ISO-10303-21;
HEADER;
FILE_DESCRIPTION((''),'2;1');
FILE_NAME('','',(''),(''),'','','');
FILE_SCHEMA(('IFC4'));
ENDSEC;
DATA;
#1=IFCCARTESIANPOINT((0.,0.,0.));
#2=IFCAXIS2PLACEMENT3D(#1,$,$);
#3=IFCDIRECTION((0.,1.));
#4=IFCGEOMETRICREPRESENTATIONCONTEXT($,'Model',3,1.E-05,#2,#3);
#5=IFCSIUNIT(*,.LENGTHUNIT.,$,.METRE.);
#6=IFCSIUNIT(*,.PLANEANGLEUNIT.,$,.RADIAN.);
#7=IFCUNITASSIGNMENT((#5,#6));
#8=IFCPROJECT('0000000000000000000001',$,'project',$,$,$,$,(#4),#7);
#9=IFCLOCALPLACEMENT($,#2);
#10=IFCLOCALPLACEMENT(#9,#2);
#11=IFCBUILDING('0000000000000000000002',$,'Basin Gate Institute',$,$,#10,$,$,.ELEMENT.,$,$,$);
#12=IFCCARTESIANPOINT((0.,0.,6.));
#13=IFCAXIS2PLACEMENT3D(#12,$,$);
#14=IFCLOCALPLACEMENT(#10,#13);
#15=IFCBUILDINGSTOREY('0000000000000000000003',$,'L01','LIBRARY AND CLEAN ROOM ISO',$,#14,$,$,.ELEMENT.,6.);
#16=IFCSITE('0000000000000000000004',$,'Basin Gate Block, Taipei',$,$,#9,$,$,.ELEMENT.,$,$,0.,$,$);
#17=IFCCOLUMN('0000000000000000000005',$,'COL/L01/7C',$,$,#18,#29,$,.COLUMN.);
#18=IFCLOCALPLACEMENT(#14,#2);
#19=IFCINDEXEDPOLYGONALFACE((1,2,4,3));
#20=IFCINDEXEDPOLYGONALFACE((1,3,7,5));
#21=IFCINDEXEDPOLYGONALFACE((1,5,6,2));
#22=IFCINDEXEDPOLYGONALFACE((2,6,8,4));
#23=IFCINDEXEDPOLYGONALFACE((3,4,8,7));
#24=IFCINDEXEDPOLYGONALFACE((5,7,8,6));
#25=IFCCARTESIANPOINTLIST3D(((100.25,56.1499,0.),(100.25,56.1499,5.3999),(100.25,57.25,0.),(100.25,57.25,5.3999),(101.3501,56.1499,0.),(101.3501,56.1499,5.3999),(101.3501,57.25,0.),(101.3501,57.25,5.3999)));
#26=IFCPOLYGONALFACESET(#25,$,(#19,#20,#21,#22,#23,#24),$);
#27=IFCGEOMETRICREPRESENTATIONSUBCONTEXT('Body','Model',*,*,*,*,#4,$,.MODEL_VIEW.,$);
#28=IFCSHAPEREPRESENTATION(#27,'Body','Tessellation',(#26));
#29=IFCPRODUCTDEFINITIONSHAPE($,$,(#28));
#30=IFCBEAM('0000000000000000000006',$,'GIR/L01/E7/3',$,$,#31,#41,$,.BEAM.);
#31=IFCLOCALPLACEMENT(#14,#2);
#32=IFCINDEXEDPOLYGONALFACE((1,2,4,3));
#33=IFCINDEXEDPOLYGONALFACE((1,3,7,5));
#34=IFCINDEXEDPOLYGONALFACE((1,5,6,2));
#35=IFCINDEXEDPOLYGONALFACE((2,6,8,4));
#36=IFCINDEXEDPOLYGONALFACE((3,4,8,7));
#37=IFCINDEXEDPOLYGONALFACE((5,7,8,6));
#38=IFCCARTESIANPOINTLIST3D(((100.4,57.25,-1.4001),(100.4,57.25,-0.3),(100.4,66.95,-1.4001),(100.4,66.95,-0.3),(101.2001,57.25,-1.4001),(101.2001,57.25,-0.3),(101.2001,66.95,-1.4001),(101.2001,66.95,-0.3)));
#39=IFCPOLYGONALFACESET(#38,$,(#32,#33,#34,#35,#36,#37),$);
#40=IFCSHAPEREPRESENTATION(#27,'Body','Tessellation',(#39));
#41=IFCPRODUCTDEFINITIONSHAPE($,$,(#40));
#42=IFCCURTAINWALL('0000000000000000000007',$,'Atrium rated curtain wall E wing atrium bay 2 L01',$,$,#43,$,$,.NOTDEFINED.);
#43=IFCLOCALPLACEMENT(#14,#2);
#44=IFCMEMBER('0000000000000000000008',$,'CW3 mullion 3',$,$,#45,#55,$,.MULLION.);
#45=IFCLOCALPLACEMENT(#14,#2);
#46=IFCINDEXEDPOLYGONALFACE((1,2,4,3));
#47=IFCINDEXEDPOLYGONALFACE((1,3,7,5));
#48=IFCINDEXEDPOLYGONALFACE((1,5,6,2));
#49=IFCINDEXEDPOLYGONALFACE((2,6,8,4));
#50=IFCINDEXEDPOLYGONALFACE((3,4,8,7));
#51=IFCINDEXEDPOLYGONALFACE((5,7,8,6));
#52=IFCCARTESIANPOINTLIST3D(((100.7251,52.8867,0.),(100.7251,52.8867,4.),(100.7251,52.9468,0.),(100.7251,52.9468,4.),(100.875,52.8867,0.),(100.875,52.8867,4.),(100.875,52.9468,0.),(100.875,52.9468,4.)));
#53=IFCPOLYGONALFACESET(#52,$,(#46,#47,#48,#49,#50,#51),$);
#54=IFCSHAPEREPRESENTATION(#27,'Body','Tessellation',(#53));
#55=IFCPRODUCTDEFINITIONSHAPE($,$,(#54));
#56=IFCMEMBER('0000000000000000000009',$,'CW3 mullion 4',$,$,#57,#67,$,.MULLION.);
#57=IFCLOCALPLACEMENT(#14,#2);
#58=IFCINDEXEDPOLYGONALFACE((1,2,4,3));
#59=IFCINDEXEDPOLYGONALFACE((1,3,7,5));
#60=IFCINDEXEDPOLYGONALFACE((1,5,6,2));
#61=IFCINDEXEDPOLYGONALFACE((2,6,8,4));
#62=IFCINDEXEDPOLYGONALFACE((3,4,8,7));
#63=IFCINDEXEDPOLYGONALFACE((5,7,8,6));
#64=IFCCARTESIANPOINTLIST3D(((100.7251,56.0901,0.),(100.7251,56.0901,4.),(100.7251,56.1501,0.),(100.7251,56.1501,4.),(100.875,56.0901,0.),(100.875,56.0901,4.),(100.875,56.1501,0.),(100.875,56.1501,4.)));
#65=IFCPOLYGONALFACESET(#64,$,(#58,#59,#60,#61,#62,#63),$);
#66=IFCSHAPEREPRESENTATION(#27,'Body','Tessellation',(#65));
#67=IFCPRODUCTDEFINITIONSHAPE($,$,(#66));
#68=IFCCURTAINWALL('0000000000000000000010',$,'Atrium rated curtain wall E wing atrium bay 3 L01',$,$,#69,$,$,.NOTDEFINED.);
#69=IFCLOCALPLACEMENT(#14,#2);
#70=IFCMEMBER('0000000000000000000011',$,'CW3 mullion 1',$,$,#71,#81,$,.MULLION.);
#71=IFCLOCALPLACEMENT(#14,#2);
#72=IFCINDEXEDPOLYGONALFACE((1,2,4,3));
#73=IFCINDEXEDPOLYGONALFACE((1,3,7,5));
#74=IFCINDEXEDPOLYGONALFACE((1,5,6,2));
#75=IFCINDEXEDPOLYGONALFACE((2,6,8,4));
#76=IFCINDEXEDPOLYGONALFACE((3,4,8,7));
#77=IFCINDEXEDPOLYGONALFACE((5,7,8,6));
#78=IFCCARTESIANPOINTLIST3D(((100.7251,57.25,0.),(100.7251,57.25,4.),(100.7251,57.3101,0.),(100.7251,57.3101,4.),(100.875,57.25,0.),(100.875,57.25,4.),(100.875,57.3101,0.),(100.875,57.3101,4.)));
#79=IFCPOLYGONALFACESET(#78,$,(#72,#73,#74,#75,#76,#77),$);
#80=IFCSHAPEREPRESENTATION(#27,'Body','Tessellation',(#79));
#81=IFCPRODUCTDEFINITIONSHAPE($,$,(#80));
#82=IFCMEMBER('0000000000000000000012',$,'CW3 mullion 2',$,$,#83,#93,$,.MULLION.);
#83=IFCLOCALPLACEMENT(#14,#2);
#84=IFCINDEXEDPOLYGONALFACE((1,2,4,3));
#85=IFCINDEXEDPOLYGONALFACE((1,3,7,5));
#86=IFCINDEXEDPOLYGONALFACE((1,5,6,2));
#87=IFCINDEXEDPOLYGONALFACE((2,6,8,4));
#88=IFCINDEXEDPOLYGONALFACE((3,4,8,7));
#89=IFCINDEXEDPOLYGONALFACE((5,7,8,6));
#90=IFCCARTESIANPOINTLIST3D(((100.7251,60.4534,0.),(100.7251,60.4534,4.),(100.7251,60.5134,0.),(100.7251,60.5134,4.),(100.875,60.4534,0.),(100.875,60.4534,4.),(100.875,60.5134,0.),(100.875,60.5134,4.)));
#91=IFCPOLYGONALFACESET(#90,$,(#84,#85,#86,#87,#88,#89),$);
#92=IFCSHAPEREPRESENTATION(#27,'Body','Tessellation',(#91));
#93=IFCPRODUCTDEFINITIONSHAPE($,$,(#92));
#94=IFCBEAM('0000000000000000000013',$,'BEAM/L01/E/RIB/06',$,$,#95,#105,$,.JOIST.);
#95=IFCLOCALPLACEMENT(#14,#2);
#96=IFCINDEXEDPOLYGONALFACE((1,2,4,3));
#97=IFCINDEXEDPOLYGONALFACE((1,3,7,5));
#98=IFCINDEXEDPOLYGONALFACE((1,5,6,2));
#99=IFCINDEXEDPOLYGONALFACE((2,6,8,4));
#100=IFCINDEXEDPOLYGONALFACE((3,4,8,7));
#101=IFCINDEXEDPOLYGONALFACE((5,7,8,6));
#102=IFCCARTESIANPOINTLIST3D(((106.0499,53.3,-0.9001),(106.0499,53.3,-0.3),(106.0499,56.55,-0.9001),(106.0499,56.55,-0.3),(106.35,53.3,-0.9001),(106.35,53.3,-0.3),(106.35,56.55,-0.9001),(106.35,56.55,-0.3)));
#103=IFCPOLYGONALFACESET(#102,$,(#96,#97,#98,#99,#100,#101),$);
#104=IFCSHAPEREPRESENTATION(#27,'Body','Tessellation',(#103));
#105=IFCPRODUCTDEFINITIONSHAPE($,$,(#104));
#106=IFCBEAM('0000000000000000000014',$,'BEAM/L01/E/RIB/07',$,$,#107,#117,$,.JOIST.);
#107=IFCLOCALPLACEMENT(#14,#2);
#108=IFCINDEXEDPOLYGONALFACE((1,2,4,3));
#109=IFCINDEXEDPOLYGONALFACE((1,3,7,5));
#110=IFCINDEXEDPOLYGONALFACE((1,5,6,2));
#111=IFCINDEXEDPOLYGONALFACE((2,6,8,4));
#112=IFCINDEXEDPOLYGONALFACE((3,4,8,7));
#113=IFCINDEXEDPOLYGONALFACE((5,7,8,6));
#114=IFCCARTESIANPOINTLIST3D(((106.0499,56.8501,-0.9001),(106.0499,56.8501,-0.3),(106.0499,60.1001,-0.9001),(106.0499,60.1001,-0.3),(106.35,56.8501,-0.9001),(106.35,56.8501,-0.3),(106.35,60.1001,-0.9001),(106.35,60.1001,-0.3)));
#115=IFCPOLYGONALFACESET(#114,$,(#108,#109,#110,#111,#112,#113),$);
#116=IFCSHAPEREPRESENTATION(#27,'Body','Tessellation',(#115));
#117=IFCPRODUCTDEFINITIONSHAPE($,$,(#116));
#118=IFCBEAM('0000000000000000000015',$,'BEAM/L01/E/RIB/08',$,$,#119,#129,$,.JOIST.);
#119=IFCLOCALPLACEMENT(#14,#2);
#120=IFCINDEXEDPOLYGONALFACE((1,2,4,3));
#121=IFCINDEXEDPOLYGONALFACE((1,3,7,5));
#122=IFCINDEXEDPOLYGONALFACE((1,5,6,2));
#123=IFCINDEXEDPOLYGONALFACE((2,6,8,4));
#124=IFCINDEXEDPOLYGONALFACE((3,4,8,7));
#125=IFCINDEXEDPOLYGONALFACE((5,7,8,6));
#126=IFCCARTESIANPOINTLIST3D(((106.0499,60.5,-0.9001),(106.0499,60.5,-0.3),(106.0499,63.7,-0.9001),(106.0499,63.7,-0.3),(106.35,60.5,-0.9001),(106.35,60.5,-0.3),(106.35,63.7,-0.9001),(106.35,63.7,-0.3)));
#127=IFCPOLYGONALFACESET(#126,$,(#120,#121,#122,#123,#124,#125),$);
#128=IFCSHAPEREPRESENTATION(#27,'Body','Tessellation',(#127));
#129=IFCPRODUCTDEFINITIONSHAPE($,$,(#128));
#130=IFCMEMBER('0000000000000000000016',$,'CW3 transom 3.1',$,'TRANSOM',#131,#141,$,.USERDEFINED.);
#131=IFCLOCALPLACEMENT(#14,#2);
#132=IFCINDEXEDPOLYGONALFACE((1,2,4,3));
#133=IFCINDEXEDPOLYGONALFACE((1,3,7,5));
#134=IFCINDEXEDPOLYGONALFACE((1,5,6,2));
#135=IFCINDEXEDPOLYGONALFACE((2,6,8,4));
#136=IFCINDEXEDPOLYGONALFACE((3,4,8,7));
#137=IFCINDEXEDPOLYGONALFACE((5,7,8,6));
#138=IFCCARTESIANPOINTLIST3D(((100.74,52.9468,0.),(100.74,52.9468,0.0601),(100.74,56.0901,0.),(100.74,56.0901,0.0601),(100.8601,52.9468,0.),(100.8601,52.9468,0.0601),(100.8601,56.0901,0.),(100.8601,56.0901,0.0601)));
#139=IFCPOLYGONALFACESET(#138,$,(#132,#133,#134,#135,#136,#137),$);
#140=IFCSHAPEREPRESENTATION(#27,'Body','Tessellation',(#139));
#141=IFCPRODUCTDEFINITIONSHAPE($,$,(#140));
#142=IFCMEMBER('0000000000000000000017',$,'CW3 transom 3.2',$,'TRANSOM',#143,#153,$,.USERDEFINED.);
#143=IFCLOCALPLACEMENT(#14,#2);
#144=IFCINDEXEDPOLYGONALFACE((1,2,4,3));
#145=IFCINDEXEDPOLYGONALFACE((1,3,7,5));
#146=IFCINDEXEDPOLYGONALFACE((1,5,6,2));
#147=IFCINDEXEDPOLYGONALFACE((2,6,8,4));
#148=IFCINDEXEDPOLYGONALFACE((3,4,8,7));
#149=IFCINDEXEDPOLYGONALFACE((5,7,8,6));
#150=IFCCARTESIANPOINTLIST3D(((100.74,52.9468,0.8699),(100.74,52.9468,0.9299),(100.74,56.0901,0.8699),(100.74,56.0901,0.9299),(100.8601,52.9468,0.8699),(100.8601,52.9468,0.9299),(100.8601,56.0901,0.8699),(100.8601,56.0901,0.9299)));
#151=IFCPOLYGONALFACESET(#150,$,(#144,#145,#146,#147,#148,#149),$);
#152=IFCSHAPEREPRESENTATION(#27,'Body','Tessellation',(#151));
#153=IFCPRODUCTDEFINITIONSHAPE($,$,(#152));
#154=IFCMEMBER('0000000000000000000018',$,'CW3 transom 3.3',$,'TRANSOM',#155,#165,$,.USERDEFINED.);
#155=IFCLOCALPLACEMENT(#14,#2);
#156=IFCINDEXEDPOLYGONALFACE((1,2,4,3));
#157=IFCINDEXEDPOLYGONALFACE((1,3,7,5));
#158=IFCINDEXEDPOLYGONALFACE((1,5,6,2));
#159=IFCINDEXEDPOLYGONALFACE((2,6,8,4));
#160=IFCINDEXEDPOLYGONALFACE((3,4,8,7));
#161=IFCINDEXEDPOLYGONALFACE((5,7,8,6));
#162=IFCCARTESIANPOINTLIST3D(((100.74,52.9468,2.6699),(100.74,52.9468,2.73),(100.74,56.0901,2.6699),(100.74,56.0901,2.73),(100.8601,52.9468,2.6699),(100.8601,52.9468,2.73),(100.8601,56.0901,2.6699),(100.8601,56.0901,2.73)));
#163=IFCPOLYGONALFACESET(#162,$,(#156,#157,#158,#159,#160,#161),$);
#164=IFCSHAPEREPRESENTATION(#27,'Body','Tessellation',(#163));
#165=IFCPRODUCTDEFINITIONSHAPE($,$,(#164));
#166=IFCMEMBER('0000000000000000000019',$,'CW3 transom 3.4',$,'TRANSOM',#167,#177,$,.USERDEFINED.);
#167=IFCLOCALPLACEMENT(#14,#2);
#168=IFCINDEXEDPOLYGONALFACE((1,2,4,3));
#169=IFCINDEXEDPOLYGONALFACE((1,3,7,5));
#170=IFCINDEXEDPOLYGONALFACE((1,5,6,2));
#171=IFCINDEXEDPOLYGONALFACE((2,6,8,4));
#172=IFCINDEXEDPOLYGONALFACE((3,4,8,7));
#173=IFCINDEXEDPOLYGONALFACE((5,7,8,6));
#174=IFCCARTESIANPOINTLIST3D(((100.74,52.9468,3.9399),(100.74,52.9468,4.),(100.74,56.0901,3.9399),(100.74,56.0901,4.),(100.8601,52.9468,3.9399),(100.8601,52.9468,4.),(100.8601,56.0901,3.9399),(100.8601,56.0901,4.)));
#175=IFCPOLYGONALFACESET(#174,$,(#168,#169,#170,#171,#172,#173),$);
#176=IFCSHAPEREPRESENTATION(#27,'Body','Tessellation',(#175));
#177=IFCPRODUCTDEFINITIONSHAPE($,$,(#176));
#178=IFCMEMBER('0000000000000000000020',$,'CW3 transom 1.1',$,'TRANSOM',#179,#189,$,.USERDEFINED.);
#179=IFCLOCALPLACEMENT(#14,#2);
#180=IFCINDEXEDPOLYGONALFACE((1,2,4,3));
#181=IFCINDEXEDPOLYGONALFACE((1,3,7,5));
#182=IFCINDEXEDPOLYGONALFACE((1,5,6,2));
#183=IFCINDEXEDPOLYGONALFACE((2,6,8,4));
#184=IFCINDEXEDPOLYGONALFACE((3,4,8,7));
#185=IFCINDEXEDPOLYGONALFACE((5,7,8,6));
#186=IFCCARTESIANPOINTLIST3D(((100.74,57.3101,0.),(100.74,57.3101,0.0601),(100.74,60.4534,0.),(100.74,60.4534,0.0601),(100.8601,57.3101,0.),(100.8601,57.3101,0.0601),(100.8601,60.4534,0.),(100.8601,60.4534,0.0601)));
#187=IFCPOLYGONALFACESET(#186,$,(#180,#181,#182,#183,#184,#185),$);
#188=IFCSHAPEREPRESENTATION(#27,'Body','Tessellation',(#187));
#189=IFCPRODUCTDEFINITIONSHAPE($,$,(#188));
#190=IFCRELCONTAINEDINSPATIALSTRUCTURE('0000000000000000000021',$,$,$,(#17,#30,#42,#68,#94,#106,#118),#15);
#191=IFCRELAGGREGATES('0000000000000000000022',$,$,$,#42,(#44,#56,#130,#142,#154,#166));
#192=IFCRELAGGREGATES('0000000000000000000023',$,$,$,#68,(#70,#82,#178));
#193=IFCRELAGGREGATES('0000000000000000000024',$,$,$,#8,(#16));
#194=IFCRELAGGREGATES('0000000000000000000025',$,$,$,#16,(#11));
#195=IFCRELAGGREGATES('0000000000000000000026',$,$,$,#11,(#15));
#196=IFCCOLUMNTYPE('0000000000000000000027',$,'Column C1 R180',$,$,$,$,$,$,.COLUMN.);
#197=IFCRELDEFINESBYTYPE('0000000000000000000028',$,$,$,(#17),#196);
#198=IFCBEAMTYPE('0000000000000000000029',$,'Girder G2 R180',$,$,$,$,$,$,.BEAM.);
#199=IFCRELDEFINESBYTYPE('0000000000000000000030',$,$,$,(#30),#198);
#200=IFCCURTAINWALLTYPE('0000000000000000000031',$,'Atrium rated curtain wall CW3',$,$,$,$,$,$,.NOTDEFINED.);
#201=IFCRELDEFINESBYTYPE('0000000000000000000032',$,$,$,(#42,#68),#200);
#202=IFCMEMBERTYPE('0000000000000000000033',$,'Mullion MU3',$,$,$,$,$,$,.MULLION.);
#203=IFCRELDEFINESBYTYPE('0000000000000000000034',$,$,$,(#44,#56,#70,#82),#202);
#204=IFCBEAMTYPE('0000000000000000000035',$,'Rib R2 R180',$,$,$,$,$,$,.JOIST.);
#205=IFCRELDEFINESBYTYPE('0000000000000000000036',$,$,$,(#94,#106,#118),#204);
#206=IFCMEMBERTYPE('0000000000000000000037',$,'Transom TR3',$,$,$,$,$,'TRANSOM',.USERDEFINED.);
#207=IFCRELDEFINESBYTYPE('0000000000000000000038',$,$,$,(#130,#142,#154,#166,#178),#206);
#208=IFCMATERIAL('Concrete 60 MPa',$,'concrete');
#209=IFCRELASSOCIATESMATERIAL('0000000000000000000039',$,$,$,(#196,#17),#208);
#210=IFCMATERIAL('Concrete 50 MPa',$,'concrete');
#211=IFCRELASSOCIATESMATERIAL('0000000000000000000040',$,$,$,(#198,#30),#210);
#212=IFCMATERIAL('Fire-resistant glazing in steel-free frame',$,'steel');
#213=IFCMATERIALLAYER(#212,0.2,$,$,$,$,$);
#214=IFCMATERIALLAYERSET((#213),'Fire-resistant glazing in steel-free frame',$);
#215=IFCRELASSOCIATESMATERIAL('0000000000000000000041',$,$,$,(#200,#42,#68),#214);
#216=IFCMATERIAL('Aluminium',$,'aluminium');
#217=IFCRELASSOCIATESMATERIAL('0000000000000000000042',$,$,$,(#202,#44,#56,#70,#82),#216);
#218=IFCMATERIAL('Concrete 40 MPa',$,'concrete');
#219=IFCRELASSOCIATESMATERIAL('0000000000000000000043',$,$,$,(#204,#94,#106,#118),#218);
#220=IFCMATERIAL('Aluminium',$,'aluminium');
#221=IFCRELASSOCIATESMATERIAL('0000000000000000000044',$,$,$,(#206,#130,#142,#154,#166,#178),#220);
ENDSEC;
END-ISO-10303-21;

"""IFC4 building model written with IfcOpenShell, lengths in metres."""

from ifc_helpers import new_model, si_unit, direction, frame, origin, origin_2d, place, context, subcontext, project, spatial, rectangle, extrude, material, layer, layer_set, material_profile, profile_set, type_object, element, aggregate, save


model = new_model("IFC4")

# Units and contexts
model_context = context("Model", 3, precision=1e-05, world=origin(), true_north=direction((0.0, 1.0)))
body_context = subcontext(model_context, "Body", "Model", "MODEL_VIEW")
ifc_project = project(units=[si_unit("LENGTHUNIT", "METRE"), si_unit("PLANEANGLEUNIT", "RADIAN")], contexts=[model_context])

# Site, building, storey
site_placement = place(None, origin())
site = spatial("IfcSite", under=ifc_project, at=site_placement, Name="Basin Gate Block, Taipei", CompositionType="ELEMENT", RefElevation=0.0)
building_placement = place(site_placement, origin())
building = spatial("IfcBuilding", under=site, at=building_placement, Name="Basin Gate Institute", CompositionType="ELEMENT")
storey_placement = place(building_placement, frame((0.0, 0.0, 6.0)))
storey = spatial("IfcBuildingStorey", under=building, at=storey_placement, Name="L01", Description="LIBRARY AND CLEAN ROOM ISO", CompositionType="ELEMENT", Elevation=6.0)

# Column
ifc_material_1 = material(Name="Concrete 60 MPa", Category="concrete")
ifc_material_profile_1 = material_profile(ifc_material_1, rectangle(XDim=1.1001, YDim=1.1001, at=origin_2d()), Name="Column C1 1100 x 1100")
ifc_profile_set_1 = profile_set([ifc_material_profile_1], Name="Concrete 60 MPa")
column_type = type_object("IfcColumnType", Name="Column C1 R180", PredefinedType="COLUMN", material=ifc_profile_set_1)
column_placement = place(storey_placement, frame((100.8, 56.7, 0.0), z_axis=(0.0, 0.0, 1.0), x_axis=(1.0, 0.0, 0.0)))
element("IfcColumn", 1, at=column_placement, inside=storey, type_object=column_type, material=ifc_profile_set_1, Name="COL/L01/7C", PredefinedType="COLUMN", context=body_context, shape_type="SweptSolid", body=[
    extrude(rectangle(XDim=1.1001, YDim=1.1001, at=origin_2d()), origin(), (0.0, 0.0, 1.0), 5.3999),
])

# Beam
ifc_material_2 = material(Name="Concrete 50 MPa", Category="concrete")
ifc_material_profile_2 = material_profile(ifc_material_2, rectangle(XDim=0.8, YDim=1.1001, at=origin_2d()), Name="Girder G2 800 x 1100")
ifc_profile_set_2 = profile_set([ifc_material_profile_2], Name="Concrete 50 MPa")
beam_type_1 = type_object("IfcBeamType", Name="Girder G2 R180", PredefinedType="BEAM", material=ifc_profile_set_2)
beam_1_placement = place(storey_placement, frame((100.8, 57.25, -0.8501), z_axis=(0.0, 1.0, 0.0), x_axis=(-1.0, 0.0, 0.0)))
element("IfcBeam", 2, at=beam_1_placement, inside=storey, type_object=beam_type_1, material=ifc_profile_set_2, Name="GIR/L01/E7/3", PredefinedType="BEAM", context=body_context, shape_type="SweptSolid", body=[
    extrude(rectangle(XDim=0.8, YDim=1.1001, at=origin_2d()), origin(), (0.0, 0.0, 1.0), 9.7),
])

# Curtain walls, members
ifc_material_3 = material(Name="Fire-resistant glazing in steel-free frame", Category="steel")
ifc_layer_1 = layer(ifc_material_3, 0.2)
ifc_layer_set_1 = layer_set([ifc_layer_1], Name="Fire-resistant glazing in steel-free frame")
curtain_wall_type = type_object("IfcCurtainWallType", Name="Atrium rated curtain wall CW3", PredefinedType="NOTDEFINED", material=ifc_layer_set_1)
curtain_wall_1_placement = place(storey_placement, origin())
curtain_wall_1 = element("IfcCurtainWall", 3, at=curtain_wall_1_placement, inside=storey, type_object=curtain_wall_type, material=ifc_layer_set_1, Name="Atrium rated curtain wall E wing atrium bay 2 L01", PredefinedType="NOTDEFINED")
ifc_material_4 = material(Name="Aluminium", Category="aluminium")
ifc_material_profile_3 = material_profile(ifc_material_4, rectangle(XDim=0.1499, YDim=0.0601, at=origin_2d()), Name="Mullion MU3 150 x 60")
ifc_profile_set_3 = profile_set([ifc_material_profile_3], Name="Aluminium")
member_type_1 = type_object("IfcMemberType", Name="Mullion MU3", PredefinedType="MULLION", material=ifc_profile_set_3)
member_1_placement = place(storey_placement, frame((100.8, 52.9167, 0.0), z_axis=(0.0, 0.0, 1.0), x_axis=(-1.0, 0.0, 0.0)))
member_1 = element("IfcMember", 4, at=member_1_placement, type_object=member_type_1, material=ifc_profile_set_3, Name="CW3 mullion 3", PredefinedType="MULLION", context=body_context, shape_type="SweptSolid", body=[
    extrude(rectangle(XDim=0.1499, YDim=0.0601, at=origin_2d()), origin(), (0.0, 0.0, 1.0), 4.0),
])
member_2_placement = place(storey_placement, frame((100.8, 56.1201, 0.0), z_axis=(0.0, 0.0, 1.0), x_axis=(-1.0, 0.0, 0.0)))
member_2 = element("IfcMember", 5, at=member_2_placement, type_object=member_type_1, material=ifc_profile_set_3, Name="CW3 mullion 4", PredefinedType="MULLION", context=body_context, shape_type="SweptSolid", body=[
    extrude(rectangle(XDim=0.1499, YDim=0.0601, at=origin_2d()), origin(), (0.0, 0.0, 1.0), 4.0),
])
curtain_wall_2_placement = place(storey_placement, origin())
curtain_wall_2 = element("IfcCurtainWall", 6, at=curtain_wall_2_placement, inside=storey, type_object=curtain_wall_type, material=ifc_layer_set_1, Name="Atrium rated curtain wall E wing atrium bay 3 L01", PredefinedType="NOTDEFINED")
member_3_placement = place(storey_placement, frame((100.8, 57.28, 0.0), z_axis=(0.0, 0.0, 1.0), x_axis=(-1.0, 0.0, 0.0)))
member_3 = element("IfcMember", 7, at=member_3_placement, type_object=member_type_1, material=ifc_profile_set_3, Name="CW3 mullion 1", PredefinedType="MULLION", context=body_context, shape_type="SweptSolid", body=[
    extrude(rectangle(XDim=0.1499, YDim=0.0601, at=origin_2d()), origin(), (0.0, 0.0, 1.0), 4.0),
])
member_4_placement = place(storey_placement, frame((100.8, 60.4834, 0.0), z_axis=(0.0, 0.0, 1.0), x_axis=(-1.0, 0.0, 0.0)))
member_4 = element("IfcMember", 8, at=member_4_placement, type_object=member_type_1, material=ifc_profile_set_3, Name="CW3 mullion 2", PredefinedType="MULLION", context=body_context, shape_type="SweptSolid", body=[
    extrude(rectangle(XDim=0.1499, YDim=0.0601, at=origin_2d()), origin(), (0.0, 0.0, 1.0), 4.0),
])

# Beams
ifc_material_5 = material(Name="Concrete 40 MPa", Category="concrete")
ifc_material_profile_4 = material_profile(ifc_material_5, rectangle(XDim=0.3, YDim=0.6001, at=origin_2d()), Name="Rib R2 300 x 600")
ifc_profile_set_4 = profile_set([ifc_material_profile_4], Name="Concrete 40 MPa")
beam_type_2 = type_object("IfcBeamType", Name="Rib R2 R180", PredefinedType="JOIST", material=ifc_profile_set_4)
for number, where, z_axis, x_axis, name in (
    (9, (106.2, 53.3, -0.6001), (0.0, 1.0, 0.0), (-1.0, 0.0, 0.0), "BEAM/L01/E/RIB/06"),
    (10, (106.2, 56.8501, -0.6001), (0.0, 1.0, 0.0), (-1.0, 0.0, 0.0), "BEAM/L01/E/RIB/07"),
):
    element("IfcBeam", number, at=place(storey_placement, frame(where, z_axis=z_axis, x_axis=x_axis)), inside=storey, type_object=beam_type_2, material=ifc_profile_set_4, Name=name, PredefinedType="JOIST", context=body_context, shape_type="SweptSolid", body=[
        extrude(rectangle(XDim=0.3, YDim=0.6001, at=origin_2d()), origin(), (0.0, 0.0, 1.0), 3.25),
    ])
beam_2_placement = place(storey_placement, frame((106.2, 60.5, -0.6001), z_axis=(0.0, 1.0, 0.0), x_axis=(-1.0, 0.0, 0.0)))
element("IfcBeam", 11, at=beam_2_placement, inside=storey, type_object=beam_type_2, material=ifc_profile_set_4, Name="BEAM/L01/E/RIB/08", PredefinedType="JOIST", context=body_context, shape_type="SweptSolid", body=[
    extrude(rectangle(XDim=0.3, YDim=0.6001, at=origin_2d()), origin(), (0.0, 0.0, 1.0), 3.2),
])

# Members
ifc_material_6 = material(Name="Aluminium", Category="aluminium")
ifc_material_profile_5 = material_profile(ifc_material_6, rectangle(XDim=0.1201, YDim=0.0601, at=origin_2d()), Name="Transom TR3 120 x 60")
ifc_profile_set_5 = profile_set([ifc_material_profile_5], Name="Aluminium")
member_type_2 = type_object("IfcMemberType", Name="Transom TR3", ElementType="TRANSOM", PredefinedType="USERDEFINED", material=ifc_profile_set_5)
member_5_placement = place(storey_placement, frame((100.8, 52.9468, 0.03), z_axis=(0.0, 1.0, 0.0), x_axis=(-1.0, 0.0, 0.0)))
member_5 = element("IfcMember", 12, at=member_5_placement, type_object=member_type_2, material=ifc_profile_set_5, Name="CW3 transom 3.1", ObjectType="TRANSOM", PredefinedType="USERDEFINED", context=body_context, shape_type="SweptSolid", body=[
    extrude(rectangle(XDim=0.1201, YDim=0.0601, at=origin_2d()), origin(), (0.0, 0.0, 1.0), 3.1433),
])
member_6_placement = place(storey_placement, frame((100.8, 52.9468, 0.8999), z_axis=(0.0, 1.0, 0.0), x_axis=(-1.0, 0.0, 0.0)))
member_6 = element("IfcMember", 13, at=member_6_placement, type_object=member_type_2, material=ifc_profile_set_5, Name="CW3 transom 3.2", ObjectType="TRANSOM", PredefinedType="USERDEFINED", context=body_context, shape_type="SweptSolid", body=[
    extrude(rectangle(XDim=0.1201, YDim=0.0601, at=origin_2d()), origin(), (0.0, 0.0, 1.0), 3.1433),
])
member_7_placement = place(storey_placement, frame((100.8, 52.9468, 2.7), z_axis=(0.0, 1.0, 0.0), x_axis=(-1.0, 0.0, 0.0)))
member_7 = element("IfcMember", 14, at=member_7_placement, type_object=member_type_2, material=ifc_profile_set_5, Name="CW3 transom 3.3", ObjectType="TRANSOM", PredefinedType="USERDEFINED", context=body_context, shape_type="SweptSolid", body=[
    extrude(rectangle(XDim=0.1201, YDim=0.0601, at=origin_2d()), origin(), (0.0, 0.0, 1.0), 3.1433),
])
member_8_placement = place(storey_placement, frame((100.8, 52.9468, 3.97), z_axis=(0.0, 1.0, 0.0), x_axis=(-1.0, 0.0, 0.0)))
member_8 = element("IfcMember", 15, at=member_8_placement, type_object=member_type_2, material=ifc_profile_set_5, Name="CW3 transom 3.4", ObjectType="TRANSOM", PredefinedType="USERDEFINED", context=body_context, shape_type="SweptSolid", body=[
    extrude(rectangle(XDim=0.1201, YDim=0.0601, at=origin_2d()), origin(), (0.0, 0.0, 1.0), 3.1433),
])
member_9_placement = place(storey_placement, frame((100.8, 57.3101, 0.03), z_axis=(0.0, 1.0, 0.0), x_axis=(-1.0, 0.0, 0.0)))
member_9 = element("IfcMember", 16, at=member_9_placement, type_object=member_type_2, material=ifc_profile_set_5, Name="CW3 transom 1.1", ObjectType="TRANSOM", PredefinedType="USERDEFINED", context=body_context, shape_type="SweptSolid", body=[
    extrude(rectangle(XDim=0.1201, YDim=0.0601, at=origin_2d()), origin(), (0.0, 0.0, 1.0), 3.1433),
])

aggregate(curtain_wall_1, [member_1, member_2, member_5, member_6, member_7, member_8])
aggregate(curtain_wall_2, [member_3, member_4, member_9])

save(model, "model.ifc")
